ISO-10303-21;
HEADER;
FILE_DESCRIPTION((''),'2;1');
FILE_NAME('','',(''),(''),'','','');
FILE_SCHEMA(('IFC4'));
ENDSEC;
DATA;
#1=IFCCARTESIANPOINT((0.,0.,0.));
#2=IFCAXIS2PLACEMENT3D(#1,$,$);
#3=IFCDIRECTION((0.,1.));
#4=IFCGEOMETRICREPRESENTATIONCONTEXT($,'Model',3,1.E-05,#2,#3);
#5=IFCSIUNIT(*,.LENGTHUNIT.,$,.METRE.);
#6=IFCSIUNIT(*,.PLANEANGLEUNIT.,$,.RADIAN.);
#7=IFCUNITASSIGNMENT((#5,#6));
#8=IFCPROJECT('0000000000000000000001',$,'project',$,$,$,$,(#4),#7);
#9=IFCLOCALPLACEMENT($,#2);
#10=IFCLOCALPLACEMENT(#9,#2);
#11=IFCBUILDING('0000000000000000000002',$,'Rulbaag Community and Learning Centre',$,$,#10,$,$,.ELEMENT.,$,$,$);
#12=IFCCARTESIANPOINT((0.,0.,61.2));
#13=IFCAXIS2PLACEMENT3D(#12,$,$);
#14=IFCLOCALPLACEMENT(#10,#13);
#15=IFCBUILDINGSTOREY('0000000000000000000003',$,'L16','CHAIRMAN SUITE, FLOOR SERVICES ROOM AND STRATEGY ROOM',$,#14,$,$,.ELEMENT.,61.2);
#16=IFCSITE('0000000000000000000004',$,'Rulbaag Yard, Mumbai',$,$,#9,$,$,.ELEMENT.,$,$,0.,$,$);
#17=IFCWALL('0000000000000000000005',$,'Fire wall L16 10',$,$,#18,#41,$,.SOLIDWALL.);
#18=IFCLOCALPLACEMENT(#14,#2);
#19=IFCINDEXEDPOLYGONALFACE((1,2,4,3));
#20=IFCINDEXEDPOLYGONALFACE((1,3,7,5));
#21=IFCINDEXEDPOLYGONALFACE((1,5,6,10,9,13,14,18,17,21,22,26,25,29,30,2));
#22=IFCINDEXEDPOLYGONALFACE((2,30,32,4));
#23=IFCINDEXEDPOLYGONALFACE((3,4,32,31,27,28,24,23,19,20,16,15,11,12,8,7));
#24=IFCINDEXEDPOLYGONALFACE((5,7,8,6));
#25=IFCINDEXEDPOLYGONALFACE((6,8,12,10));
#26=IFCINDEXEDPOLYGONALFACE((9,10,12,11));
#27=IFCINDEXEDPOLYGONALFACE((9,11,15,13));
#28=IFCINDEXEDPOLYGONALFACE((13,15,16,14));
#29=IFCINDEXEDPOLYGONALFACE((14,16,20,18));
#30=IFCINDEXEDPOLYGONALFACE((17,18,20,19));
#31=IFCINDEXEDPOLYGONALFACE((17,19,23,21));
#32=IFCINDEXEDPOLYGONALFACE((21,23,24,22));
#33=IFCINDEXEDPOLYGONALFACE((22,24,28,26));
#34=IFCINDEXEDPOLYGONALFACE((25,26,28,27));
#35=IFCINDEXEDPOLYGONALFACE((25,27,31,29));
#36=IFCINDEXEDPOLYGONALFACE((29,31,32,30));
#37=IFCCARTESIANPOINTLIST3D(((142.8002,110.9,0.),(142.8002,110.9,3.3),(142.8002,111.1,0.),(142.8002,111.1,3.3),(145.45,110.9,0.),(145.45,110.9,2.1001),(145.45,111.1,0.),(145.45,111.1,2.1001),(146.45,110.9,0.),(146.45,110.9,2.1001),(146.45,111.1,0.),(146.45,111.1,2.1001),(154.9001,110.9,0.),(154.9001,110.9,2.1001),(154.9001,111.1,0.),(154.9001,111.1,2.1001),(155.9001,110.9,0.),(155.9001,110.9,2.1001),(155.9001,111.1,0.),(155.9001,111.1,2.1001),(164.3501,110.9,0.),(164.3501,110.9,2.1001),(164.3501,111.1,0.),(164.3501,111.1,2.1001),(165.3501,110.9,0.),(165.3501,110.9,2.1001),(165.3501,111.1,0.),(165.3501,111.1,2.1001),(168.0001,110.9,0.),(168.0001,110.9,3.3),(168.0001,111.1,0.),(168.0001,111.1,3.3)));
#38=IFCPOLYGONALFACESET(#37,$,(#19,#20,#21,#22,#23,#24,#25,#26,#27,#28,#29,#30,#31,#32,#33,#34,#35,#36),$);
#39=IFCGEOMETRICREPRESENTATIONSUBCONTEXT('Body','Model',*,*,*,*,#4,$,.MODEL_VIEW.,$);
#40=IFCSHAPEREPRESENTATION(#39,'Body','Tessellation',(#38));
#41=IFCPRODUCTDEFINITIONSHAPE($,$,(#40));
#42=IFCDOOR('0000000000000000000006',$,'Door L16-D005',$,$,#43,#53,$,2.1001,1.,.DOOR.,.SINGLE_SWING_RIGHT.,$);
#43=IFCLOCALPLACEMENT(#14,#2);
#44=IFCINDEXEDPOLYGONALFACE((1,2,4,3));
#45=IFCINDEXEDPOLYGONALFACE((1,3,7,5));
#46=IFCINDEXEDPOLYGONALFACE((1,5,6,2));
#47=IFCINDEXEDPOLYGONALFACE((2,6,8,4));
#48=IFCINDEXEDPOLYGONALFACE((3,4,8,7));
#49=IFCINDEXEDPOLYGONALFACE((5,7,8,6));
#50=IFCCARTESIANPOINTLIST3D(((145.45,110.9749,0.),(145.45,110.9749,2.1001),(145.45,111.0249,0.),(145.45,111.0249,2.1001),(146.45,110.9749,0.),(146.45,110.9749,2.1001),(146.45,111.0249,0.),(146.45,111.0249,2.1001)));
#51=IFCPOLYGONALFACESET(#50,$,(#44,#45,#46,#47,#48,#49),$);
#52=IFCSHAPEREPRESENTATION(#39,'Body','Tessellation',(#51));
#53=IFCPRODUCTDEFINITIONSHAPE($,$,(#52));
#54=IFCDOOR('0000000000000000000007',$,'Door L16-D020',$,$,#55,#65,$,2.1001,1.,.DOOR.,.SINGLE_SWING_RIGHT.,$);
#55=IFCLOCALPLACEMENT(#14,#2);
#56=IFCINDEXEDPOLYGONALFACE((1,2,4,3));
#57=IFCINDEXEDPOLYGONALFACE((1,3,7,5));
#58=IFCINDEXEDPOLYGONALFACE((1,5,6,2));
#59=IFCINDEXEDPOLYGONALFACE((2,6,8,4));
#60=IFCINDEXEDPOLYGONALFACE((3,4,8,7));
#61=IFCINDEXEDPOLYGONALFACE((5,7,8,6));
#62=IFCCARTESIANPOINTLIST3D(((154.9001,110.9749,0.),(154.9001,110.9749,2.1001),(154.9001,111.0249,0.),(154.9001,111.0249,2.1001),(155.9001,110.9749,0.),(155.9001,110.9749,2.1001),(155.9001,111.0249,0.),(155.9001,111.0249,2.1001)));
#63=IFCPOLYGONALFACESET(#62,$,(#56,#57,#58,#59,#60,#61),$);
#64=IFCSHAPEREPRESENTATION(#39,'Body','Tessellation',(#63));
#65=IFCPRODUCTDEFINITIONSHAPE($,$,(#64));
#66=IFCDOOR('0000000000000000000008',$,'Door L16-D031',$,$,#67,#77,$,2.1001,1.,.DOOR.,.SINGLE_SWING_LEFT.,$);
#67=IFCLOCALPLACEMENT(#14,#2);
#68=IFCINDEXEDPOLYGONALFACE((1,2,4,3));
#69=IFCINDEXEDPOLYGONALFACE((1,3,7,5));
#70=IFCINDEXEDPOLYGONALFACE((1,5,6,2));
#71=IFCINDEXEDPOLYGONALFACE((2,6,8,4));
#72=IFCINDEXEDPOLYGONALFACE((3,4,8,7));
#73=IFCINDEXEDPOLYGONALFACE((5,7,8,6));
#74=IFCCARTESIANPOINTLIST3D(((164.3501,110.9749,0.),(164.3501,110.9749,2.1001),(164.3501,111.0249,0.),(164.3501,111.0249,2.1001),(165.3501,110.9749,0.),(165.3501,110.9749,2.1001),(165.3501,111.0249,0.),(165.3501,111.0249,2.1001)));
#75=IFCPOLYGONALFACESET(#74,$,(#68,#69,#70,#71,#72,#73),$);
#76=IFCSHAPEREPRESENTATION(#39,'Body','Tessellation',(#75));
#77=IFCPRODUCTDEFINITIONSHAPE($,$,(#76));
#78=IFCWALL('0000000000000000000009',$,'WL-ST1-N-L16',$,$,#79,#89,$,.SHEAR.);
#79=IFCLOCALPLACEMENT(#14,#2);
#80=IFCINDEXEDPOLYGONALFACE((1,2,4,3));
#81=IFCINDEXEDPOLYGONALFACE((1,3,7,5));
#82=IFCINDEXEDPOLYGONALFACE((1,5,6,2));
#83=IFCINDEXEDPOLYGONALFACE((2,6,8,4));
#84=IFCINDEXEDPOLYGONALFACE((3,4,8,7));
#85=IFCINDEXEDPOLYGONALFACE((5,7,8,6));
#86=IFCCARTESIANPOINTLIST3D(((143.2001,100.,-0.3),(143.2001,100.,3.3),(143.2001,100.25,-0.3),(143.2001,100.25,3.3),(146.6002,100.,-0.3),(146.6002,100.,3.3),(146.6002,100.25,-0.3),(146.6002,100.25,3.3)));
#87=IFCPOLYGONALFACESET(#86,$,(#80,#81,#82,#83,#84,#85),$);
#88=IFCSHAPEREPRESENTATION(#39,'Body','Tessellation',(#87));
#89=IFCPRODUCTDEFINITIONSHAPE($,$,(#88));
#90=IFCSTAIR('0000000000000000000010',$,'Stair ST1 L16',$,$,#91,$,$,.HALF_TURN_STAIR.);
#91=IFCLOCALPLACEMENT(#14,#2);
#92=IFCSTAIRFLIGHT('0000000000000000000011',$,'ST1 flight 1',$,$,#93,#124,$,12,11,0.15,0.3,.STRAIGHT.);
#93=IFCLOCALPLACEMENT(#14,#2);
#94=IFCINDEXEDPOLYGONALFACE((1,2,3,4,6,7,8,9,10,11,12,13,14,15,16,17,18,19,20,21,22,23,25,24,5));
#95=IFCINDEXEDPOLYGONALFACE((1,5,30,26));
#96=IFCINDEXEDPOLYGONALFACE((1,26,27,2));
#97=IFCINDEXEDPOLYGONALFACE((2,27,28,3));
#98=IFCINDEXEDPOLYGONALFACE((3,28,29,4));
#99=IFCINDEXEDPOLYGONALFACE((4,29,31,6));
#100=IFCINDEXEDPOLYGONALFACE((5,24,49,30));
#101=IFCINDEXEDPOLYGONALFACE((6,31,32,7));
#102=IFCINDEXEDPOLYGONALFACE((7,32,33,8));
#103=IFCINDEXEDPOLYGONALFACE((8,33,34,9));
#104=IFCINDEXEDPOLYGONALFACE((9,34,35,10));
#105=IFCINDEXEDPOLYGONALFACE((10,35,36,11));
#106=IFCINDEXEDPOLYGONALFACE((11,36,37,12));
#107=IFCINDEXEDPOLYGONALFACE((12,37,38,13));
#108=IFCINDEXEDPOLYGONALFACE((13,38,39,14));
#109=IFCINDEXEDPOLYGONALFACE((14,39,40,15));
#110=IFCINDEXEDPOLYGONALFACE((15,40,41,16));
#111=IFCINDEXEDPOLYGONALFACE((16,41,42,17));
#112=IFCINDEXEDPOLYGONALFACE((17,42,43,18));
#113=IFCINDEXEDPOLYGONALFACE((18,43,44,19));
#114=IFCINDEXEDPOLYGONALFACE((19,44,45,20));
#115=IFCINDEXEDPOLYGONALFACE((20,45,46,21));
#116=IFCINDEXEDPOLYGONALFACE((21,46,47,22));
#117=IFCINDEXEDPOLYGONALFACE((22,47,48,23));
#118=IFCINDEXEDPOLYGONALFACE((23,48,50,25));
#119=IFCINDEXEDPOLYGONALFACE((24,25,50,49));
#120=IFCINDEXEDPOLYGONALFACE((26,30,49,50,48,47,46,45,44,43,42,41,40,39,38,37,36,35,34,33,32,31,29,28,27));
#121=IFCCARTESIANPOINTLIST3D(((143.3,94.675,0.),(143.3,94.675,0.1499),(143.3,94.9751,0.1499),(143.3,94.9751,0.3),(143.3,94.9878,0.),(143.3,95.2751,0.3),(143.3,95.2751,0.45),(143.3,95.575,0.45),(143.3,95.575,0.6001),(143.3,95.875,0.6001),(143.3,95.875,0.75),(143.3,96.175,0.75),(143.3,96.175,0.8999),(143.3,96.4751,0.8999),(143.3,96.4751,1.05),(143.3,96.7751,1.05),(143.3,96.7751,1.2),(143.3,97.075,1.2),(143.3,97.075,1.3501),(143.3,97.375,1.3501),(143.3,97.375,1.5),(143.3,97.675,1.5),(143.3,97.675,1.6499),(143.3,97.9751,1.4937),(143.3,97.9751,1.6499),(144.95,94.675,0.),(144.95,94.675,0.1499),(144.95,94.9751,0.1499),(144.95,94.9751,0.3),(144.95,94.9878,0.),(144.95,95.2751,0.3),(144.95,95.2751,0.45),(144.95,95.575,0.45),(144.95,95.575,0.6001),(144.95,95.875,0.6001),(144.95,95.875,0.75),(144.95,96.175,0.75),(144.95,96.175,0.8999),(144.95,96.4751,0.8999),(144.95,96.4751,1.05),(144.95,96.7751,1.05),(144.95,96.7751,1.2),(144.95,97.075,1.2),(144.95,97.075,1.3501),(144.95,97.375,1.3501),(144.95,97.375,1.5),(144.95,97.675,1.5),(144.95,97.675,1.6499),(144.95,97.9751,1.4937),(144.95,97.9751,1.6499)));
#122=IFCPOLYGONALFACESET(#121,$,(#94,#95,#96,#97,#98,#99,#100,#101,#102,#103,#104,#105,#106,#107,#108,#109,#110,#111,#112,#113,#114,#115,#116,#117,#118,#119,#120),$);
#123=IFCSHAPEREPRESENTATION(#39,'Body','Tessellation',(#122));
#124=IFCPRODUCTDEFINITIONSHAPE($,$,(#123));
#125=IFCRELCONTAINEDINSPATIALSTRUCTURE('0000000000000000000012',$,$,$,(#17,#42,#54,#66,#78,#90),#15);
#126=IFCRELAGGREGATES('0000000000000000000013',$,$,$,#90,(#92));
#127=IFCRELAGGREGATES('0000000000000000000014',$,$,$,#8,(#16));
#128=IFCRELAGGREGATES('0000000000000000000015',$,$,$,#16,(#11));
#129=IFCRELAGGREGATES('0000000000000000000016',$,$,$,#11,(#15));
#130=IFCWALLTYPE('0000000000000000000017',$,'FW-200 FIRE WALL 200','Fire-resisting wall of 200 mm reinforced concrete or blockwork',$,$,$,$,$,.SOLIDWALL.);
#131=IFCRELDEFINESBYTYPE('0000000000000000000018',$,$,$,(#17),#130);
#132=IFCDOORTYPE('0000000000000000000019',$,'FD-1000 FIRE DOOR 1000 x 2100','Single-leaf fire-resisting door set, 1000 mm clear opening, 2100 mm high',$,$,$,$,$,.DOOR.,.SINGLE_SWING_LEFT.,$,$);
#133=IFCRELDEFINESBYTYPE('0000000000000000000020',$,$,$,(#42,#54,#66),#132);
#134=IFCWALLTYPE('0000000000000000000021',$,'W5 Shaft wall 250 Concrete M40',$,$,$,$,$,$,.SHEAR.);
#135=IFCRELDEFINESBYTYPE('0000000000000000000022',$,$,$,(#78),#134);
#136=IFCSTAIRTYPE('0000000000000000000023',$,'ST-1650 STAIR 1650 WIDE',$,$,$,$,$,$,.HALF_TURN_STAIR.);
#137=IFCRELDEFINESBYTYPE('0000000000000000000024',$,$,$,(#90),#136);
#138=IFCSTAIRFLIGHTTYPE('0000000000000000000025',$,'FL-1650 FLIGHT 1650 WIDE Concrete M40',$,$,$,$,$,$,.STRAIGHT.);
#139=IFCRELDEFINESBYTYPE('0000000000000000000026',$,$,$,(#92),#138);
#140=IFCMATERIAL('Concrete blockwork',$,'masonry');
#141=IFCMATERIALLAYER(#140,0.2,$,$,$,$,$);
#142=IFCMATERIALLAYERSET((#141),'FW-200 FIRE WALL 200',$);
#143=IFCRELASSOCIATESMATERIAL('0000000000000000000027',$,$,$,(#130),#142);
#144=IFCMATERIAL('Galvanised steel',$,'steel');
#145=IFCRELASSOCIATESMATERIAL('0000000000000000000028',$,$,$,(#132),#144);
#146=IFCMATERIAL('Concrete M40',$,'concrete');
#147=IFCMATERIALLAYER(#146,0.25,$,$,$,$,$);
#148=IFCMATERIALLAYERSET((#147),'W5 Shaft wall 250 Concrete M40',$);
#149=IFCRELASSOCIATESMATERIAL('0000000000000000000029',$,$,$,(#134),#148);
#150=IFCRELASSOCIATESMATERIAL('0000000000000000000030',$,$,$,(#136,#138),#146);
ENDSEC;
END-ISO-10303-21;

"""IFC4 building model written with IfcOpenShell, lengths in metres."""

from ifc_helpers import new_model, si_unit, direction, frame, frame_2d, origin, place, context, subcontext, project, spatial, polyline, rectangle, outline, extrude, material, layer, layer_set, type_object, element, fill, aggregate, save


model = new_model("IFC4")

# Units and contexts
model_context = context("Model", 3, precision=1e-05, world=origin(), true_north=direction((0.0, 1.0)))
body_context = subcontext(model_context, "Body", "Model", "MODEL_VIEW")
ifc_project = project(units=[si_unit("LENGTHUNIT", "METRE"), si_unit("PLANEANGLEUNIT", "RADIAN")], contexts=[model_context])

# Site, building, storey
site_placement = place(None, origin())
site = spatial("IfcSite", under=ifc_project, at=site_placement, Name="Rulbaag Yard, Mumbai", CompositionType="ELEMENT", RefElevation=0.0)
building_placement = place(site_placement, origin())
building = spatial("IfcBuilding", under=site, at=building_placement, Name="Rulbaag Community and Learning Centre", CompositionType="ELEMENT")
storey_placement = place(building_placement, frame((0.0, 0.0, 61.2)))
storey = spatial("IfcBuildingStorey", under=building, at=storey_placement, Name="L16", Description="CHAIRMAN SUITE, FLOOR SERVICES ROOM AND STRATEGY ROOM", CompositionType="ELEMENT", Elevation=61.2)

# Shared definitions
ifc_material_1 = material(Name="Concrete M40", Category="concrete")

# Wall, openings, doors
ifc_material_2 = material(Name="Concrete blockwork", Category="masonry")
ifc_layer_1 = layer(ifc_material_2, 0.2)
ifc_layer_set_1 = layer_set([ifc_layer_1], Name="FW-200 FIRE WALL 200")
wall_type_1 = type_object("IfcWallType", Name="FW-200 FIRE WALL 200", Description="Fire-resisting wall of 200 mm reinforced concrete or blockwork", PredefinedType="SOLIDWALL", material=ifc_layer_set_1)
ifc_material_3 = material(Name="Galvanised steel", Category="steel")
door_type_1 = type_object("IfcDoorType", Name="FD-1000 FIRE DOOR 1000 x 2100", Description="Single-leaf fire-resisting door set, 1000 mm clear opening, 2100 mm high", OperationType="SINGLE_SWING_LEFT", PredefinedType="DOOR", material=ifc_material_3)
wall_1_placement = place(storey_placement, frame((142.8, 111.0, 0.0), z_axis=(0.0, 0.0, 1.0), x_axis=(1.0, 0.0, 0.0)))
wall_1 = element("IfcWall", 1, at=wall_1_placement, inside=storey, type_object=wall_type_1, Name="Fire wall L16 10", PredefinedType="SOLIDWALL", context=body_context, shape_type="SweptSolid", body=[
    extrude(rectangle(XDim=25.2, YDim=0.2, at=frame_2d((12.6001, 0.0))), origin(), (0.0, 0.0, 1.0), 3.3),
])
opening_1_placement = place(wall_1_placement, frame((2.6499, 0.0, 0.0)))
opening_1 = element("IfcOpeningElement", 2, at=opening_1_placement, cuts=wall_1, PredefinedType="OPENING", context=body_context, shape_type="SweptSolid", body=[
    extrude(rectangle(XDim=1.0, YDim=2.1001, at=frame_2d((0.5, 1.05))), frame((0.0, 0.1099, 0.0), z_axis=(0.0, -1.0, 0.0), x_axis=(1.0, 0.0, 0.0)), (0.0, 0.0, 1.0), 0.22),
])
opening_2_placement = place(wall_1_placement, frame((12.1001, 0.0, 0.0)))
opening_2 = element("IfcOpeningElement", 3, at=opening_2_placement, cuts=wall_1, PredefinedType="OPENING", context=body_context, shape_type="SweptSolid", body=[
    extrude(rectangle(XDim=1.0, YDim=2.1001, at=frame_2d((0.5, 1.05))), frame((0.0, 0.1099, 0.0), z_axis=(0.0, -1.0, 0.0), x_axis=(1.0, 0.0, 0.0)), (0.0, 0.0, 1.0), 0.22),
])
opening_3_placement = place(wall_1_placement, frame((21.55, 0.0, 0.0)))
opening_3 = element("IfcOpeningElement", 4, at=opening_3_placement, cuts=wall_1, PredefinedType="OPENING", context=body_context, shape_type="SweptSolid", body=[
    extrude(rectangle(XDim=1.0, YDim=2.1001, at=frame_2d((0.5, 1.05))), frame((0.0, 0.1099, 0.0), z_axis=(0.0, -1.0, 0.0), x_axis=(1.0, 0.0, 0.0)), (0.0, 0.0, 1.0), 0.22),
])
door_1_placement = place(opening_1_placement, origin())
door_1 = element("IfcDoor", 5, at=door_1_placement, inside=storey, type_object=door_type_1, Name="Door L16-D005", OperationType="SINGLE_SWING_RIGHT", OverallHeight=2.1001, OverallWidth=1.0, PredefinedType="DOOR", context=body_context, shape_type="SweptSolid", body=[
    extrude(rectangle(XDim=1.0, YDim=2.1001, at=frame_2d((0.5, 1.05))), frame((0.0, 0.0249, 0.0), z_axis=(0.0, -1.0, 0.0), x_axis=(1.0, 0.0, 0.0)), (0.0, 0.0, 1.0), 0.05),
])
fill(opening_1, door_1)
door_2_placement = place(opening_2_placement, origin())
door_2 = element("IfcDoor", 6, at=door_2_placement, inside=storey, type_object=door_type_1, Name="Door L16-D020", OperationType="SINGLE_SWING_RIGHT", OverallHeight=2.1001, OverallWidth=1.0, PredefinedType="DOOR", context=body_context, shape_type="SweptSolid", body=[
    extrude(rectangle(XDim=1.0, YDim=2.1001, at=frame_2d((0.5, 1.05))), frame((0.0, 0.0249, 0.0), z_axis=(0.0, -1.0, 0.0), x_axis=(1.0, 0.0, 0.0)), (0.0, 0.0, 1.0), 0.05),
])
fill(opening_2, door_2)
door_3_placement = place(opening_3_placement, origin())
door_3 = element("IfcDoor", 7, at=door_3_placement, inside=storey, type_object=door_type_1, Name="Door L16-D031", OperationType="SINGLE_SWING_LEFT", OverallHeight=2.1001, OverallWidth=1.0, PredefinedType="DOOR", context=body_context, shape_type="SweptSolid", body=[
    extrude(rectangle(XDim=1.0, YDim=2.1001, at=frame_2d((0.5, 1.05))), frame((0.0, 0.0249, 0.0), z_axis=(0.0, -1.0, 0.0), x_axis=(1.0, 0.0, 0.0)), (0.0, 0.0, 1.0), 0.05),
])
fill(opening_3, door_3)

# Wall
ifc_layer_2 = layer(ifc_material_1, 0.25)
ifc_layer_set_2 = layer_set([ifc_layer_2], Name="W5 Shaft wall 250 Concrete M40")
wall_type_2 = type_object("IfcWallType", Name="W5 Shaft wall 250 Concrete M40", PredefinedType="SHEAR", material=ifc_layer_set_2)
wall_2_placement = place(storey_placement, frame((143.2, 100.125, -0.3), z_axis=(0.0, 0.0, 1.0), x_axis=(1.0, 0.0, 0.0)))
element("IfcWall", 8, at=wall_2_placement, inside=storey, type_object=wall_type_2, Name="WL-ST1-N-L16", PredefinedType="SHEAR", context=body_context, shape_type="SweptSolid", body=[
    extrude(rectangle(XDim=3.4001, YDim=0.25, at=frame_2d((1.7002, 0.0))), origin(), (0.0, 0.0, 1.0), 3.6001),
])

# Stair, stair flight
stair_type = type_object("IfcStairType", Name="ST-1650 STAIR 1650 WIDE", PredefinedType="HALF_TURN_STAIR", material=ifc_material_1)
stair_placement = place(storey_placement, origin())
stair = element("IfcStair", 9, at=stair_placement, inside=storey, type_object=stair_type, Name="Stair ST1 L16", PredefinedType="HALF_TURN_STAIR")
stair_flight_type = type_object("IfcStairFlightType", Name="FL-1650 FLIGHT 1650 WIDE Concrete M40", PredefinedType="STRAIGHT", material=ifc_material_1)
stair_flight_placement = place(storey_placement, frame((144.125, 94.675, 0.0), z_axis=(0.0, 0.0, 1.0), x_axis=(0.0, 1.0, 0.0)))
stair_flight = element("IfcStairFlight", 10, at=stair_flight_placement, type_object=stair_flight_type, Name="ST1 flight 1", NumberOfRisers=12, NumberOfTreads=11, PredefinedType="STRAIGHT", RiserHeight=0.15, TreadLength=0.3, context=body_context, shape_type="SweptSolid", body=[
    extrude(outline(polyline([(0.0, 0.0), (0.0, 0.1499), (0.3, 0.1499), (0.3, 0.3), (0.6001, 0.3), (0.6001, 0.45), (0.8999, 0.45), (0.8999, 0.6001), (1.2, 0.6001), (1.2, 0.75), (1.5, 0.75), (1.5, 0.8999), (1.8, 0.8999), (1.8, 1.05), (2.1001, 1.05), (2.1001, 1.2), (2.3999, 1.2), (2.3999, 1.3501), (2.7, 1.3501), (2.7, 1.5), (3.0, 1.5), (3.0, 1.6499), (3.3, 1.6499), (3.3, 1.4937), (0.3127, 0.0), (0.0, 0.0)])), frame((0.0, 0.825, 0.0), z_axis=(0.0, -1.0, 0.0), x_axis=(1.0, 0.0, 0.0)), (0.0, 0.0, 1.0), 1.6499),
])
aggregate(stair, [stair_flight])

save(model, "model.ifc")
